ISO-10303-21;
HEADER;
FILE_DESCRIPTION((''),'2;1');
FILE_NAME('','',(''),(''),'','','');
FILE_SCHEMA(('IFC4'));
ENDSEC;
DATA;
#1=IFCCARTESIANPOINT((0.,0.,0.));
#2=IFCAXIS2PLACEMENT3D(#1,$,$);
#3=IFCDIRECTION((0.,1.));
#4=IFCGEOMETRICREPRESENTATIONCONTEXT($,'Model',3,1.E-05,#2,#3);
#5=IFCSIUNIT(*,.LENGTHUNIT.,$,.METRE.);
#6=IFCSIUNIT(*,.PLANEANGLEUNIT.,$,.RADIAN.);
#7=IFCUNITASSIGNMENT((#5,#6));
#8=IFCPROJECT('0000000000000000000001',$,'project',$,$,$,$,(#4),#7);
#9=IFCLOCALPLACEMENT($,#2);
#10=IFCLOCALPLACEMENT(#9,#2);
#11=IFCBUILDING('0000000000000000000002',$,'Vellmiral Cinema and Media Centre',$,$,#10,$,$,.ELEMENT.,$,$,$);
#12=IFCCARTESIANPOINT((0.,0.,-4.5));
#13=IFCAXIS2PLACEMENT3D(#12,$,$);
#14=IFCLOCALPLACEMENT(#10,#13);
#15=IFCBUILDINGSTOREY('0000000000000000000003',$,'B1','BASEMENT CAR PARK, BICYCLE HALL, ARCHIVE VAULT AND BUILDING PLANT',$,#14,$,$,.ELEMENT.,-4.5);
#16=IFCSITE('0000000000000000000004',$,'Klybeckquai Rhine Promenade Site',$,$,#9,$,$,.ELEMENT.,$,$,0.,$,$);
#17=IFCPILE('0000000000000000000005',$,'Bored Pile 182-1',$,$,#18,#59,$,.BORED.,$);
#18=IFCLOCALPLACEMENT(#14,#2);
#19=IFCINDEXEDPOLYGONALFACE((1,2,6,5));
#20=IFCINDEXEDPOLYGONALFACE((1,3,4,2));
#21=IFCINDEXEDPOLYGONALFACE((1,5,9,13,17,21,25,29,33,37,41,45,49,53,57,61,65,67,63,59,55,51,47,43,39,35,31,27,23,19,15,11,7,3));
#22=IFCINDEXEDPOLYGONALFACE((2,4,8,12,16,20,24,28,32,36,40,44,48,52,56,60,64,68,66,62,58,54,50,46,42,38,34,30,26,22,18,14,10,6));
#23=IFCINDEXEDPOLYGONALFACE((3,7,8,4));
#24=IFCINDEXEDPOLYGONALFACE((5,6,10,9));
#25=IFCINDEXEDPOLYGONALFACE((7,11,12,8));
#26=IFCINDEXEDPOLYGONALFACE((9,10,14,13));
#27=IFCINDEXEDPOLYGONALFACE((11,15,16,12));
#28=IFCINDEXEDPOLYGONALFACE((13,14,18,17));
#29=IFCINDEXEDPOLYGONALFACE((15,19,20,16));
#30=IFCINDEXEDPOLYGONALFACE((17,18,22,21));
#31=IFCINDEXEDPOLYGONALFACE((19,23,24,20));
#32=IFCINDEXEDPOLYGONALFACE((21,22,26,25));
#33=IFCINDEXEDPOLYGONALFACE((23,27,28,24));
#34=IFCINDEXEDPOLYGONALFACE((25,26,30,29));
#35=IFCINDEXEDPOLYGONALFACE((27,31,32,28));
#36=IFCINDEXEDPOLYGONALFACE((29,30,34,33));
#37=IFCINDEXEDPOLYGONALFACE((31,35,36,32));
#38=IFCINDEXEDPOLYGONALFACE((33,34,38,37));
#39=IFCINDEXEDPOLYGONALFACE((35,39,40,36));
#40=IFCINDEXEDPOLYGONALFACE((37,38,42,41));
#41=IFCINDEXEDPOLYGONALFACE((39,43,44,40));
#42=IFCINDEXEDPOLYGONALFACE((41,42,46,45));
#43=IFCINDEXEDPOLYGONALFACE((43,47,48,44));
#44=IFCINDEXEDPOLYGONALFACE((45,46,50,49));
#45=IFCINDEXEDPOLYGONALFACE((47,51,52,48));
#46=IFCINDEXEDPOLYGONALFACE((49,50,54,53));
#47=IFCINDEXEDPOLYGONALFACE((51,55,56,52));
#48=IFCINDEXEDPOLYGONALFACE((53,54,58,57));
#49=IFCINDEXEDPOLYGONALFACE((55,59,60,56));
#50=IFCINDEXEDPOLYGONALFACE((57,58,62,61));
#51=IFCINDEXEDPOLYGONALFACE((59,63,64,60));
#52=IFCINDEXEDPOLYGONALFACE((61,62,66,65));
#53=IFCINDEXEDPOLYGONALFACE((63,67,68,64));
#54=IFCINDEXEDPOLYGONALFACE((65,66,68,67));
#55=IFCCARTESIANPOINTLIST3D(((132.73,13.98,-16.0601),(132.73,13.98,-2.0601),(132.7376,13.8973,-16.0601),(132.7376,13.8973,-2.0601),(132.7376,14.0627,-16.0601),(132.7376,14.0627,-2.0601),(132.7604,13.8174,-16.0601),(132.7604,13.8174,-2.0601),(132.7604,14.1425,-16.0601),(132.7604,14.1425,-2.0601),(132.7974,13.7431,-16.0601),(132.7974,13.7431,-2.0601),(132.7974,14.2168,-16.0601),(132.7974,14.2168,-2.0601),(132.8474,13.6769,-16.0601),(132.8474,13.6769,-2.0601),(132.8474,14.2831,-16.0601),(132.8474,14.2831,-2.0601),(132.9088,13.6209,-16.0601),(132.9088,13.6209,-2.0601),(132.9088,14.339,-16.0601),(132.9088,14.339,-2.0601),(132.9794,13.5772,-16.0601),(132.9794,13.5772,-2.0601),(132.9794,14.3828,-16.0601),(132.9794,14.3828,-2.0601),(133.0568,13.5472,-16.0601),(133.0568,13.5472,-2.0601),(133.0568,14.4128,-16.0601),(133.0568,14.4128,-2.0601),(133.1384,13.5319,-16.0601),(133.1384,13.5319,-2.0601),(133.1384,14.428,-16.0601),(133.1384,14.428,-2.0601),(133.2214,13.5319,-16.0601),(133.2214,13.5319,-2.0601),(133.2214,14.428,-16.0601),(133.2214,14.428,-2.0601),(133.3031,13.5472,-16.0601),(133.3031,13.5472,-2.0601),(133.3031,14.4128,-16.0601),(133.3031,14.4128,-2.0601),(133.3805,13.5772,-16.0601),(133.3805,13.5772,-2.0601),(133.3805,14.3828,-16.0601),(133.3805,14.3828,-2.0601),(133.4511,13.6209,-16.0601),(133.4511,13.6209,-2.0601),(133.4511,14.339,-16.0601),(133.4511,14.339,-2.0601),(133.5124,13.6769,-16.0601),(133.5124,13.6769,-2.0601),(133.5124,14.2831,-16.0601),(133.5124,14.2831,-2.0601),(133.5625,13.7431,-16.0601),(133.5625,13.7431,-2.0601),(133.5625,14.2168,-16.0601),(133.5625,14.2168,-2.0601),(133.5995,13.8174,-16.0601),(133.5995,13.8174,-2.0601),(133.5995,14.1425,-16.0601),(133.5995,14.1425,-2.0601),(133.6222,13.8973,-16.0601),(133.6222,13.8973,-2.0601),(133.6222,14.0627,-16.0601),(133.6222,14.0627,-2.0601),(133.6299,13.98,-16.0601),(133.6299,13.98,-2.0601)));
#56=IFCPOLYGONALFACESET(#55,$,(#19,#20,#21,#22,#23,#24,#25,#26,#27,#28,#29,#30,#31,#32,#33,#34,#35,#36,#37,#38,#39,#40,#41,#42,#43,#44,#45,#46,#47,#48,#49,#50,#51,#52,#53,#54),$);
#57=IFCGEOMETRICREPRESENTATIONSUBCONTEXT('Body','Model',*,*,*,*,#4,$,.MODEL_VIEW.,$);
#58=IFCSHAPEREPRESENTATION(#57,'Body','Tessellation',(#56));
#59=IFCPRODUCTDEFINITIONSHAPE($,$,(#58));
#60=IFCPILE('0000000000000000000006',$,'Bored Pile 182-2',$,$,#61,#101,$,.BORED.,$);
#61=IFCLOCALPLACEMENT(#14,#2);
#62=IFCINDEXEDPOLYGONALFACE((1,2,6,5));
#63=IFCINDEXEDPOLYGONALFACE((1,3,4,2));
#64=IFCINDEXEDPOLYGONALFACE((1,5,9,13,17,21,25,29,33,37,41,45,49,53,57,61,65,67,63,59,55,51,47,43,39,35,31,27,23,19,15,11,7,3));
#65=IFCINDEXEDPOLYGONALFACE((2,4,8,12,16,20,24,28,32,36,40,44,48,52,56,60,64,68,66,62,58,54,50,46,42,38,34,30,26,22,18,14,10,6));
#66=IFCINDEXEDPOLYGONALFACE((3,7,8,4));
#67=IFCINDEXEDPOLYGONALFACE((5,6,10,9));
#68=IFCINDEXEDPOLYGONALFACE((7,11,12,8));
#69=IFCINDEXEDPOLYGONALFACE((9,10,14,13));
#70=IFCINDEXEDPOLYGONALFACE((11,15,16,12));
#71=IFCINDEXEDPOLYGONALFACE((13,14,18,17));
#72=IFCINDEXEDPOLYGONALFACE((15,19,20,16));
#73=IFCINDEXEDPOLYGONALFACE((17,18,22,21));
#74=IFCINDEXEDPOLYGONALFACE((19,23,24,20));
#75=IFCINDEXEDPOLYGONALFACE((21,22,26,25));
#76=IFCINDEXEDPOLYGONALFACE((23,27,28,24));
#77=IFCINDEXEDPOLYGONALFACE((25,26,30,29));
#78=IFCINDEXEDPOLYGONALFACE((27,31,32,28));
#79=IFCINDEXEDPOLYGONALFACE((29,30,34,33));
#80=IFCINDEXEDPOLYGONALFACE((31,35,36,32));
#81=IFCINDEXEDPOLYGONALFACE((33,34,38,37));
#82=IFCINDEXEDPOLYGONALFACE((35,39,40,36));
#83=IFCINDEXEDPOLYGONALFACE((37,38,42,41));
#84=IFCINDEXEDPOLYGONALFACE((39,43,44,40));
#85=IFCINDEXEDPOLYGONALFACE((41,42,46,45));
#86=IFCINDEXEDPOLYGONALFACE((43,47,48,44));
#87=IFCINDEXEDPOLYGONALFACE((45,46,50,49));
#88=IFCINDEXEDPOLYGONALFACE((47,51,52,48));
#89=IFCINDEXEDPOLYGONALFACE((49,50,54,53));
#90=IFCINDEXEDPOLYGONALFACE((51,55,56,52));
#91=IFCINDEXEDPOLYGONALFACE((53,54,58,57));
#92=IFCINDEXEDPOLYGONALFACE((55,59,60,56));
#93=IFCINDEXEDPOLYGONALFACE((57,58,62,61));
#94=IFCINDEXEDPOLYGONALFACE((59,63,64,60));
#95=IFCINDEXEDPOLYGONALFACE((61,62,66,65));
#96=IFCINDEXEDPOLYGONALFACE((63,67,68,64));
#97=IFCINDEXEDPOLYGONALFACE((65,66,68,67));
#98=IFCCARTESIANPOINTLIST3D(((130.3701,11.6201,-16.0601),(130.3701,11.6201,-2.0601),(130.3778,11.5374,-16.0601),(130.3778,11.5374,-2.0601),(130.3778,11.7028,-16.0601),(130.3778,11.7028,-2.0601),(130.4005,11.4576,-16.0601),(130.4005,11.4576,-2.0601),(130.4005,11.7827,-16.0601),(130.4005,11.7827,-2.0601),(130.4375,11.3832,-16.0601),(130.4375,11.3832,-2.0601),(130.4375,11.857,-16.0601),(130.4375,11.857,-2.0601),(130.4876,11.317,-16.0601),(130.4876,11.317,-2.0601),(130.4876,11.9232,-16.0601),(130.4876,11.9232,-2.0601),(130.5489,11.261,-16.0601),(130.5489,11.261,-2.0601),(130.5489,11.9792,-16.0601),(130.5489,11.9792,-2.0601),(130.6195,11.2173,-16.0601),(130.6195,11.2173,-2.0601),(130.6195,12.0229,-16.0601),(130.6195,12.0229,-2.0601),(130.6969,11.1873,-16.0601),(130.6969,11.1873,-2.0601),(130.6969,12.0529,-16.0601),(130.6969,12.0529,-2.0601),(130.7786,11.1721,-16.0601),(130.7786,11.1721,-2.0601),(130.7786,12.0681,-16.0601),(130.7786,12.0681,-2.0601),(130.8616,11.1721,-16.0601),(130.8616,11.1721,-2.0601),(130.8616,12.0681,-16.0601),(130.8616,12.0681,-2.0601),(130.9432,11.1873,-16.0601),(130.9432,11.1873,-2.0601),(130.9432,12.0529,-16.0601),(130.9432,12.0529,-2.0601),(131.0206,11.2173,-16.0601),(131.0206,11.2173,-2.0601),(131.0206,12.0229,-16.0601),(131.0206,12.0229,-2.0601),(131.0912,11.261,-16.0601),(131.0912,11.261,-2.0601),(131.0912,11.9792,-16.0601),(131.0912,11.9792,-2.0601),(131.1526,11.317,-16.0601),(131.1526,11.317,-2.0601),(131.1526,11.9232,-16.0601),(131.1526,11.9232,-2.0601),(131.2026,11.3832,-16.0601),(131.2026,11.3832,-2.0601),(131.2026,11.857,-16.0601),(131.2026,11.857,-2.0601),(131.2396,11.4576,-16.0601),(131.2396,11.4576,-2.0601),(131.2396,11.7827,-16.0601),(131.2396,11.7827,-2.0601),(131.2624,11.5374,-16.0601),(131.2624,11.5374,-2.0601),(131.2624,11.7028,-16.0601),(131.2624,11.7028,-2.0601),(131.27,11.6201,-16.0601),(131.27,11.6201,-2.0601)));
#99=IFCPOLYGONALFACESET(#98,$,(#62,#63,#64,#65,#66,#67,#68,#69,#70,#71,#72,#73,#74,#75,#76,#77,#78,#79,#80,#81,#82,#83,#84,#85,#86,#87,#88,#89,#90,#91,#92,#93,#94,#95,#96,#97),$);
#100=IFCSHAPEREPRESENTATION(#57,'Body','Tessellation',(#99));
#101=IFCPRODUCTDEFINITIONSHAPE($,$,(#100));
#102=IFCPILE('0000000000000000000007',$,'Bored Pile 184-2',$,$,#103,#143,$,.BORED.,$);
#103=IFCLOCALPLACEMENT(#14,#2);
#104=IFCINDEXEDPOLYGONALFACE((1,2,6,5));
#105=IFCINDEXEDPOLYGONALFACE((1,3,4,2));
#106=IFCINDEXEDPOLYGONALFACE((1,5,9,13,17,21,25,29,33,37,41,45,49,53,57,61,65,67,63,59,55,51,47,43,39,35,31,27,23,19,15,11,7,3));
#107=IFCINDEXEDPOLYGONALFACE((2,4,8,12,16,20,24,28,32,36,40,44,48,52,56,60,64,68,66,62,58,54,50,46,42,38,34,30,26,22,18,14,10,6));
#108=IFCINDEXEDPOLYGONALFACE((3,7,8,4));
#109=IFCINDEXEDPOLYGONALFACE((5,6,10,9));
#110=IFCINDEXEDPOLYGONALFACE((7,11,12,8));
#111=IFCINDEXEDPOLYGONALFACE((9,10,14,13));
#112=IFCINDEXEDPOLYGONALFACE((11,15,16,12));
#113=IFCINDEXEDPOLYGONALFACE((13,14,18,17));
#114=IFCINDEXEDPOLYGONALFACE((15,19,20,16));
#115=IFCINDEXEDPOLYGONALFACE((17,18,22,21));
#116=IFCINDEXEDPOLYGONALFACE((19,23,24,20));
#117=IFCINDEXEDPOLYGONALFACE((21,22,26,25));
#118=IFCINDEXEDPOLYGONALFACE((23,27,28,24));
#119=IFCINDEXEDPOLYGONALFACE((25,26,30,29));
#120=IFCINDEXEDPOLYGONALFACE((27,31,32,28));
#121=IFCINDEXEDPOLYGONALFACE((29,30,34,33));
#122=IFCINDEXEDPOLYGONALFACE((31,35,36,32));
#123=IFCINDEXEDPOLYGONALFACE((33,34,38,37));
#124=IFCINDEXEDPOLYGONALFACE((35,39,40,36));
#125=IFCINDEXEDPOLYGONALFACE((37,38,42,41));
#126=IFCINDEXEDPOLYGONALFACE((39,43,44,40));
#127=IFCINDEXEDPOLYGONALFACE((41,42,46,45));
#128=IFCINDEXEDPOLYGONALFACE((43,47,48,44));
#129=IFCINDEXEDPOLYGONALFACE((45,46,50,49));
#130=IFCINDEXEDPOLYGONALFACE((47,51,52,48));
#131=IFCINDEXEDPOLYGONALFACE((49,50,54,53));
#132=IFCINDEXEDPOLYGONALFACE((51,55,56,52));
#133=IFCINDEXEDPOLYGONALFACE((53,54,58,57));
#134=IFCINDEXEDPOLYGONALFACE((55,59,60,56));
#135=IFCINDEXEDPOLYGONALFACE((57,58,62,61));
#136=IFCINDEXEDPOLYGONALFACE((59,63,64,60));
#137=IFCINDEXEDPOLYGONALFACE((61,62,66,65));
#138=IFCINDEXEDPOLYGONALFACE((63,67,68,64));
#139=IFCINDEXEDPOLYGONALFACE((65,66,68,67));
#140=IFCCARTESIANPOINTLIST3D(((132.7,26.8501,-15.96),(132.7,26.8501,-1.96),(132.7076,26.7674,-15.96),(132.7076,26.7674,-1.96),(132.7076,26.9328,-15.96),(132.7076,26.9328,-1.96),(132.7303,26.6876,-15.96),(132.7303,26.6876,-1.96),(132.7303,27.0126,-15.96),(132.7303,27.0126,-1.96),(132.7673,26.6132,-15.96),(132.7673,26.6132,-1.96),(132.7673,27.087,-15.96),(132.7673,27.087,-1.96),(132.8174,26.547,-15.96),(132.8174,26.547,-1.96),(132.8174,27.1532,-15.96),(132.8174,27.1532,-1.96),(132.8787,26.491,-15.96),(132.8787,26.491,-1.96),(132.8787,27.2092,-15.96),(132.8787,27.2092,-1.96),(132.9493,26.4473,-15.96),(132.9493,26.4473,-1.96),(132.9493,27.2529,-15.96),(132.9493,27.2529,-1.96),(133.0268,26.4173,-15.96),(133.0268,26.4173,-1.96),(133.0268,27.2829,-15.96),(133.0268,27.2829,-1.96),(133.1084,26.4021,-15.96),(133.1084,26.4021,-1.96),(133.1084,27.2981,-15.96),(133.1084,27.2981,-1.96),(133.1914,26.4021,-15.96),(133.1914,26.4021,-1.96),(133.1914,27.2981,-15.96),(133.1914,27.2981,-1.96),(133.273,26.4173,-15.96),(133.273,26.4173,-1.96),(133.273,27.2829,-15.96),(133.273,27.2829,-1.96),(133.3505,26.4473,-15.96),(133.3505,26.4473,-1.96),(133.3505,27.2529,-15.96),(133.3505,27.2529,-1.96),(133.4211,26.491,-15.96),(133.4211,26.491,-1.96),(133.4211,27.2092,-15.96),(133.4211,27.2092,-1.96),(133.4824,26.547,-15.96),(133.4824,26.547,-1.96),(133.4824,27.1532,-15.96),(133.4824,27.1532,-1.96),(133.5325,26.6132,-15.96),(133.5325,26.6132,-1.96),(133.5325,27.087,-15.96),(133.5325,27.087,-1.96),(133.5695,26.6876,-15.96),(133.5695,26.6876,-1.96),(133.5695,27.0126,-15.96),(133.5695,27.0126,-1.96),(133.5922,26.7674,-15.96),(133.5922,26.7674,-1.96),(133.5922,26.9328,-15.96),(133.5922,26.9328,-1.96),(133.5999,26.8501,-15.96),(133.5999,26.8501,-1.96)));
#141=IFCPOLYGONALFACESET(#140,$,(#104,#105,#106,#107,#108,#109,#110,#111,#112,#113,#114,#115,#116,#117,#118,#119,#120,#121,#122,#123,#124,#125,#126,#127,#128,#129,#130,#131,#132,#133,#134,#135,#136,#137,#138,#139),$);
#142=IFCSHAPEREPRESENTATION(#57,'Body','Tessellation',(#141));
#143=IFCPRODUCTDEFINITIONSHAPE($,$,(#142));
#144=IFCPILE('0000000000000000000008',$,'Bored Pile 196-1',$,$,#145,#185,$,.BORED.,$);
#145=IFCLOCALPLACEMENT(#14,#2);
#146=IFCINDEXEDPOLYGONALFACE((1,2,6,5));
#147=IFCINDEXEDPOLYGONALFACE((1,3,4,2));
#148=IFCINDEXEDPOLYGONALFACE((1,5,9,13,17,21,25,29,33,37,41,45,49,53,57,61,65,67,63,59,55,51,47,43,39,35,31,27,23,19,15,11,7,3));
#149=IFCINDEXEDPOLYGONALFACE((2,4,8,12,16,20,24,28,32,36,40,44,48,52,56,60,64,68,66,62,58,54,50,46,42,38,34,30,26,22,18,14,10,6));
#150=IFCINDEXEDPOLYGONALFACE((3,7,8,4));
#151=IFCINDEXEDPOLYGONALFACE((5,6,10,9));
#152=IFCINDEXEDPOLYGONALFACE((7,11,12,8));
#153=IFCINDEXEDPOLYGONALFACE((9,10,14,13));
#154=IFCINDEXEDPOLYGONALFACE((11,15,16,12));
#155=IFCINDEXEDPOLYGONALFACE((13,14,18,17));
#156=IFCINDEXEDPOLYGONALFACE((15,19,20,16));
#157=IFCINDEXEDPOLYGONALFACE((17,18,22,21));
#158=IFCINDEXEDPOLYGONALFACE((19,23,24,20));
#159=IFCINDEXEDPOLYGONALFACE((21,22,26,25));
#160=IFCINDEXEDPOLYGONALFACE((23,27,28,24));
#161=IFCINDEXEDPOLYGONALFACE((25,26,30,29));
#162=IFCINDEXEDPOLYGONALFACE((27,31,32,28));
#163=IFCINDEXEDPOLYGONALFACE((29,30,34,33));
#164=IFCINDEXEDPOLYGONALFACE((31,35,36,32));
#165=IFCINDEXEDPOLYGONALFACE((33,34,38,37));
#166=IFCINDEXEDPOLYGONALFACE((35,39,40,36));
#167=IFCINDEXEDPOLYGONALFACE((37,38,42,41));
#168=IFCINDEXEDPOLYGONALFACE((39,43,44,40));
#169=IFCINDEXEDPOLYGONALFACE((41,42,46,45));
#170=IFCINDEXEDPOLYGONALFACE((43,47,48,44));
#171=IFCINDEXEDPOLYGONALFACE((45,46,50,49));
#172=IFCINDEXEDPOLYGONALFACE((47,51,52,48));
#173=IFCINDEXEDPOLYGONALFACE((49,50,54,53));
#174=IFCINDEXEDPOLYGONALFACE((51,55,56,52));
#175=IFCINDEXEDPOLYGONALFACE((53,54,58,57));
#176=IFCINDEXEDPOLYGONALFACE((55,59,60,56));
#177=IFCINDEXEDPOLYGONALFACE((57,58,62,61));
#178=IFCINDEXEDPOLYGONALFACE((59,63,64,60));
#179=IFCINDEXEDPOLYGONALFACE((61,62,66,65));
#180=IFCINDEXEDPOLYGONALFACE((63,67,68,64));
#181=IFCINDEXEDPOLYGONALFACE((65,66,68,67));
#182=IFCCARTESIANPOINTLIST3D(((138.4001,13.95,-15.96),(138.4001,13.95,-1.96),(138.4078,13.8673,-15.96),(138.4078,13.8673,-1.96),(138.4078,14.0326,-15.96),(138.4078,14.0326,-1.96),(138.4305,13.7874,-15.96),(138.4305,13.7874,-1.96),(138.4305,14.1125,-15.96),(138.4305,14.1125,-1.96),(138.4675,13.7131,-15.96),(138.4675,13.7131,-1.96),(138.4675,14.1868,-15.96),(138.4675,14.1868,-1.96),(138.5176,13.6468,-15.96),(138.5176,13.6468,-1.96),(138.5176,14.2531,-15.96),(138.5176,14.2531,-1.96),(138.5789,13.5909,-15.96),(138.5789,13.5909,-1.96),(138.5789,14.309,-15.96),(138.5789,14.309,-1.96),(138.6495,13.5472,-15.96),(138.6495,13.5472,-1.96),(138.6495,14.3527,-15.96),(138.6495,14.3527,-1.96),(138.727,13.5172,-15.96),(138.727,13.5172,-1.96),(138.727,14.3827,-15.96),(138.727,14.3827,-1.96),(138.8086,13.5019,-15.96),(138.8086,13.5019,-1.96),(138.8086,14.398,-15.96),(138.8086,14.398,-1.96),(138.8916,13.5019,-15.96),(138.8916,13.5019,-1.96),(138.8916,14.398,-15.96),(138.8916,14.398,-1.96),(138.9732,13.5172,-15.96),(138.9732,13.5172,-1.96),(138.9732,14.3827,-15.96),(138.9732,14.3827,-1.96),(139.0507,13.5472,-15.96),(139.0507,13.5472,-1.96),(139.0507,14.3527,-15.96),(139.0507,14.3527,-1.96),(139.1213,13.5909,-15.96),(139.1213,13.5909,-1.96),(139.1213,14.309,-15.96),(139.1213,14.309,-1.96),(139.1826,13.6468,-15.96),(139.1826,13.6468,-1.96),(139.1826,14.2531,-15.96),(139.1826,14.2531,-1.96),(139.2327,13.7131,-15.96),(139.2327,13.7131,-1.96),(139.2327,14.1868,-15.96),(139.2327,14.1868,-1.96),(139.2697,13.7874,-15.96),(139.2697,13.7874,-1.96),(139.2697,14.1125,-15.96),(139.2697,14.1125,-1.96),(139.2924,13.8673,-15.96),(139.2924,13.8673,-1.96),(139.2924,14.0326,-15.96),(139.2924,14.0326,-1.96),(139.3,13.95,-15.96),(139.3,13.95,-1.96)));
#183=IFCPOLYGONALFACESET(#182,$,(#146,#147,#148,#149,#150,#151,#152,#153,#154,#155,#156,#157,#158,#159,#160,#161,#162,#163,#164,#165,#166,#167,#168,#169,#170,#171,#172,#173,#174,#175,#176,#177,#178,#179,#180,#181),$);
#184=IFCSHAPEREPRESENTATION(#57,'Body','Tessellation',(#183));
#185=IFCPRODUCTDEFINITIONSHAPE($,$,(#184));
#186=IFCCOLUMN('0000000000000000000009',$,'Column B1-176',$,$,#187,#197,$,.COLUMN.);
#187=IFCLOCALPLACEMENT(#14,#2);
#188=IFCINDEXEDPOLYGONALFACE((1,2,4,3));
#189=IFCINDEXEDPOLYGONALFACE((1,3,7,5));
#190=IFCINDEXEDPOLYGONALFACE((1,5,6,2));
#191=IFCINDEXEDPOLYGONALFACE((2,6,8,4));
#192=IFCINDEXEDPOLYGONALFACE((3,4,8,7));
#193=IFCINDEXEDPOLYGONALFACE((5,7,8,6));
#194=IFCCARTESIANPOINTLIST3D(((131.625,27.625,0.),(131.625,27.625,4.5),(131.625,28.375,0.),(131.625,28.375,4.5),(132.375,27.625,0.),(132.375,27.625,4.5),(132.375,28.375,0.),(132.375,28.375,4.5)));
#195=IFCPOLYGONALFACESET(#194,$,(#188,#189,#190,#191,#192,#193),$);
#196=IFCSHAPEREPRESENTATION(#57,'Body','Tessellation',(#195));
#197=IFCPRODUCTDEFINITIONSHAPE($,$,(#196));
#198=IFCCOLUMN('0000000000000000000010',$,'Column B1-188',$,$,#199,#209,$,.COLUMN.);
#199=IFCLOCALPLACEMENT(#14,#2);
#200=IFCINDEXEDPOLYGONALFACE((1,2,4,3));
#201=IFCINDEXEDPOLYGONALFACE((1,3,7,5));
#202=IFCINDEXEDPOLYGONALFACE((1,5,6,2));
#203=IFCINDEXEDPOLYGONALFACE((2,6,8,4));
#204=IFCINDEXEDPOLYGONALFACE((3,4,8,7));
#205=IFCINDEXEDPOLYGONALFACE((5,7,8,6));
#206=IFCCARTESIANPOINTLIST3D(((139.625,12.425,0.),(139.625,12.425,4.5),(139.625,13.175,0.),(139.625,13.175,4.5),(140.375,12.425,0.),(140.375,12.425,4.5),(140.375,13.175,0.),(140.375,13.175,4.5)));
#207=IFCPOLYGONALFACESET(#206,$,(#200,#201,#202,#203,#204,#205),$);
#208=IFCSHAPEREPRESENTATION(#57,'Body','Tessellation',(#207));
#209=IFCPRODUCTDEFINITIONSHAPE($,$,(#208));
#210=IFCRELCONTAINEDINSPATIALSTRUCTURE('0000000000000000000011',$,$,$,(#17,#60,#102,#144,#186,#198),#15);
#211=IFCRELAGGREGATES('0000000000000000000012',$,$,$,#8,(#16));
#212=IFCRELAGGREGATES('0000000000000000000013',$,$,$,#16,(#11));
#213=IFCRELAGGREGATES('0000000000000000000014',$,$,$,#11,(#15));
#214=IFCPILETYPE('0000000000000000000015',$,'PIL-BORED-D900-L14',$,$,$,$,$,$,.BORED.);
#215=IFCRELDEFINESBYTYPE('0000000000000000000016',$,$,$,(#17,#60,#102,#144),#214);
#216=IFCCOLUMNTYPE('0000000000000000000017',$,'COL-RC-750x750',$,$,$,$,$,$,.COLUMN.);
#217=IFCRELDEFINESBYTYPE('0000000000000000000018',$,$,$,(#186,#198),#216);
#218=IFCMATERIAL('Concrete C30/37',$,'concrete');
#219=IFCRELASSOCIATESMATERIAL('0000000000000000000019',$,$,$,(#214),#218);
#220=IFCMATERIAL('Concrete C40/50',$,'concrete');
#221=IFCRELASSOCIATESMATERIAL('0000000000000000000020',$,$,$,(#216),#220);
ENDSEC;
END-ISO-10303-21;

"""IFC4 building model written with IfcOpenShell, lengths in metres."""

from ifc_helpers import new_model, si_unit, direction, frame, origin, origin_2d, place, context, subcontext, project, spatial, rectangle, circle, extrude, material, material_profile, profile_set, type_object, element, save


model = new_model("IFC4")

# Units and contexts
model_context = context("Model", 3, precision=1e-05, world=origin(), true_north=direction((0.0, 1.0)))
body_context = subcontext(model_context, "Body", "Model", "MODEL_VIEW")
ifc_project = project(units=[si_unit("LENGTHUNIT", "METRE"), si_unit("PLANEANGLEUNIT", "RADIAN")], contexts=[model_context])

# Site, building, storey
site_placement = place(None, origin())
site = spatial("IfcSite", under=ifc_project, at=site_placement, Name="Klybeckquai Rhine Promenade Site", CompositionType="ELEMENT", RefElevation=0.0)
building_placement = place(site_placement, origin())
building = spatial("IfcBuilding", under=site, at=building_placement, Name="Vellmiral Cinema and Media Centre", CompositionType="ELEMENT")
storey_placement = place(building_placement, frame((0.0, 0.0, -4.5)))
storey = spatial("IfcBuildingStorey", under=building, at=storey_placement, Name="B1", Description="BASEMENT CAR PARK, BICYCLE HALL, ARCHIVE VAULT AND BUILDING PLANT", CompositionType="ELEMENT", Elevation=-4.5)

# Piles
ifc_material_1 = material(Name="Concrete C30/37", Category="concrete")
ifc_material_profile_1 = material_profile(ifc_material_1, circle(Radius=0.45, at=origin_2d()), Name="PILE D900")
ifc_profile_set_1 = profile_set([ifc_material_profile_1], Name="Concrete C30/37")
pile_type_1 = type_object("IfcPileType", Name="PIL-BORED-D900-L14", PredefinedType="BORED", material=ifc_profile_set_1)
for number, where, z_axis, x_axis, name in (
    (1, (133.1799, 13.98, -2.0601), (0.0, 0.0, -1.0), (1.0, 0.0, 0.0), "Bored Pile 182-1"),
    (2, (130.8201, 11.6201, -2.0601), (0.0, 0.0, -1.0), (1.0, 0.0, 0.0), "Bored Pile 182-2"),
    (3, (133.1499, 26.8501, -1.96), (0.0, 0.0, -1.0), (1.0, 0.0, 0.0), "Bored Pile 184-2"),
    (4, (138.8501, 13.95, -1.96), (0.0, 0.0, -1.0), (1.0, 0.0, 0.0), "Bored Pile 196-1"),
):
    element("IfcPile", number, at=place(storey_placement, frame(where, z_axis=z_axis, x_axis=x_axis)), inside=storey, type_object=pile_type_1, Name=name, PredefinedType="BORED", context=body_context, shape_type="SweptSolid", body=[
        extrude(circle(Radius=0.45, at=origin_2d()), origin(), (0.0, 0.0, 1.0), 14.0),
    ])

# Columns
ifc_material_2 = material(Name="Concrete C40/50", Category="concrete")
ifc_material_profile_2 = material_profile(ifc_material_2, rectangle(XDim=0.75, YDim=0.75, at=origin_2d()), Name="RC 750x750")
ifc_profile_set_2 = profile_set([ifc_material_profile_2], Name="Concrete C40/50")
column_type_1 = type_object("IfcColumnType", Name="COL-RC-750x750", PredefinedType="COLUMN", material=ifc_profile_set_2)
for number, where, z_axis, x_axis, name in (
    (5, (132.0, 28.0, 0.0), (0.0, 0.0, 1.0), (1.0, 0.0, 0.0), "Column B1-176"),
    (6, (140.0, 12.8, 0.0), (0.0, 0.0, 1.0), (1.0, 0.0, 0.0), "Column B1-188"),
):
    element("IfcColumn", number, at=place(storey_placement, frame(where, z_axis=z_axis, x_axis=x_axis)), inside=storey, type_object=column_type_1, Name=name, PredefinedType="COLUMN", context=body_context, shape_type="SweptSolid", body=[
        extrude(rectangle(XDim=0.75, YDim=0.75, at=origin_2d()), origin(), (0.0, 0.0, 1.0), 4.5),
    ])

save(model, "model.ifc")
